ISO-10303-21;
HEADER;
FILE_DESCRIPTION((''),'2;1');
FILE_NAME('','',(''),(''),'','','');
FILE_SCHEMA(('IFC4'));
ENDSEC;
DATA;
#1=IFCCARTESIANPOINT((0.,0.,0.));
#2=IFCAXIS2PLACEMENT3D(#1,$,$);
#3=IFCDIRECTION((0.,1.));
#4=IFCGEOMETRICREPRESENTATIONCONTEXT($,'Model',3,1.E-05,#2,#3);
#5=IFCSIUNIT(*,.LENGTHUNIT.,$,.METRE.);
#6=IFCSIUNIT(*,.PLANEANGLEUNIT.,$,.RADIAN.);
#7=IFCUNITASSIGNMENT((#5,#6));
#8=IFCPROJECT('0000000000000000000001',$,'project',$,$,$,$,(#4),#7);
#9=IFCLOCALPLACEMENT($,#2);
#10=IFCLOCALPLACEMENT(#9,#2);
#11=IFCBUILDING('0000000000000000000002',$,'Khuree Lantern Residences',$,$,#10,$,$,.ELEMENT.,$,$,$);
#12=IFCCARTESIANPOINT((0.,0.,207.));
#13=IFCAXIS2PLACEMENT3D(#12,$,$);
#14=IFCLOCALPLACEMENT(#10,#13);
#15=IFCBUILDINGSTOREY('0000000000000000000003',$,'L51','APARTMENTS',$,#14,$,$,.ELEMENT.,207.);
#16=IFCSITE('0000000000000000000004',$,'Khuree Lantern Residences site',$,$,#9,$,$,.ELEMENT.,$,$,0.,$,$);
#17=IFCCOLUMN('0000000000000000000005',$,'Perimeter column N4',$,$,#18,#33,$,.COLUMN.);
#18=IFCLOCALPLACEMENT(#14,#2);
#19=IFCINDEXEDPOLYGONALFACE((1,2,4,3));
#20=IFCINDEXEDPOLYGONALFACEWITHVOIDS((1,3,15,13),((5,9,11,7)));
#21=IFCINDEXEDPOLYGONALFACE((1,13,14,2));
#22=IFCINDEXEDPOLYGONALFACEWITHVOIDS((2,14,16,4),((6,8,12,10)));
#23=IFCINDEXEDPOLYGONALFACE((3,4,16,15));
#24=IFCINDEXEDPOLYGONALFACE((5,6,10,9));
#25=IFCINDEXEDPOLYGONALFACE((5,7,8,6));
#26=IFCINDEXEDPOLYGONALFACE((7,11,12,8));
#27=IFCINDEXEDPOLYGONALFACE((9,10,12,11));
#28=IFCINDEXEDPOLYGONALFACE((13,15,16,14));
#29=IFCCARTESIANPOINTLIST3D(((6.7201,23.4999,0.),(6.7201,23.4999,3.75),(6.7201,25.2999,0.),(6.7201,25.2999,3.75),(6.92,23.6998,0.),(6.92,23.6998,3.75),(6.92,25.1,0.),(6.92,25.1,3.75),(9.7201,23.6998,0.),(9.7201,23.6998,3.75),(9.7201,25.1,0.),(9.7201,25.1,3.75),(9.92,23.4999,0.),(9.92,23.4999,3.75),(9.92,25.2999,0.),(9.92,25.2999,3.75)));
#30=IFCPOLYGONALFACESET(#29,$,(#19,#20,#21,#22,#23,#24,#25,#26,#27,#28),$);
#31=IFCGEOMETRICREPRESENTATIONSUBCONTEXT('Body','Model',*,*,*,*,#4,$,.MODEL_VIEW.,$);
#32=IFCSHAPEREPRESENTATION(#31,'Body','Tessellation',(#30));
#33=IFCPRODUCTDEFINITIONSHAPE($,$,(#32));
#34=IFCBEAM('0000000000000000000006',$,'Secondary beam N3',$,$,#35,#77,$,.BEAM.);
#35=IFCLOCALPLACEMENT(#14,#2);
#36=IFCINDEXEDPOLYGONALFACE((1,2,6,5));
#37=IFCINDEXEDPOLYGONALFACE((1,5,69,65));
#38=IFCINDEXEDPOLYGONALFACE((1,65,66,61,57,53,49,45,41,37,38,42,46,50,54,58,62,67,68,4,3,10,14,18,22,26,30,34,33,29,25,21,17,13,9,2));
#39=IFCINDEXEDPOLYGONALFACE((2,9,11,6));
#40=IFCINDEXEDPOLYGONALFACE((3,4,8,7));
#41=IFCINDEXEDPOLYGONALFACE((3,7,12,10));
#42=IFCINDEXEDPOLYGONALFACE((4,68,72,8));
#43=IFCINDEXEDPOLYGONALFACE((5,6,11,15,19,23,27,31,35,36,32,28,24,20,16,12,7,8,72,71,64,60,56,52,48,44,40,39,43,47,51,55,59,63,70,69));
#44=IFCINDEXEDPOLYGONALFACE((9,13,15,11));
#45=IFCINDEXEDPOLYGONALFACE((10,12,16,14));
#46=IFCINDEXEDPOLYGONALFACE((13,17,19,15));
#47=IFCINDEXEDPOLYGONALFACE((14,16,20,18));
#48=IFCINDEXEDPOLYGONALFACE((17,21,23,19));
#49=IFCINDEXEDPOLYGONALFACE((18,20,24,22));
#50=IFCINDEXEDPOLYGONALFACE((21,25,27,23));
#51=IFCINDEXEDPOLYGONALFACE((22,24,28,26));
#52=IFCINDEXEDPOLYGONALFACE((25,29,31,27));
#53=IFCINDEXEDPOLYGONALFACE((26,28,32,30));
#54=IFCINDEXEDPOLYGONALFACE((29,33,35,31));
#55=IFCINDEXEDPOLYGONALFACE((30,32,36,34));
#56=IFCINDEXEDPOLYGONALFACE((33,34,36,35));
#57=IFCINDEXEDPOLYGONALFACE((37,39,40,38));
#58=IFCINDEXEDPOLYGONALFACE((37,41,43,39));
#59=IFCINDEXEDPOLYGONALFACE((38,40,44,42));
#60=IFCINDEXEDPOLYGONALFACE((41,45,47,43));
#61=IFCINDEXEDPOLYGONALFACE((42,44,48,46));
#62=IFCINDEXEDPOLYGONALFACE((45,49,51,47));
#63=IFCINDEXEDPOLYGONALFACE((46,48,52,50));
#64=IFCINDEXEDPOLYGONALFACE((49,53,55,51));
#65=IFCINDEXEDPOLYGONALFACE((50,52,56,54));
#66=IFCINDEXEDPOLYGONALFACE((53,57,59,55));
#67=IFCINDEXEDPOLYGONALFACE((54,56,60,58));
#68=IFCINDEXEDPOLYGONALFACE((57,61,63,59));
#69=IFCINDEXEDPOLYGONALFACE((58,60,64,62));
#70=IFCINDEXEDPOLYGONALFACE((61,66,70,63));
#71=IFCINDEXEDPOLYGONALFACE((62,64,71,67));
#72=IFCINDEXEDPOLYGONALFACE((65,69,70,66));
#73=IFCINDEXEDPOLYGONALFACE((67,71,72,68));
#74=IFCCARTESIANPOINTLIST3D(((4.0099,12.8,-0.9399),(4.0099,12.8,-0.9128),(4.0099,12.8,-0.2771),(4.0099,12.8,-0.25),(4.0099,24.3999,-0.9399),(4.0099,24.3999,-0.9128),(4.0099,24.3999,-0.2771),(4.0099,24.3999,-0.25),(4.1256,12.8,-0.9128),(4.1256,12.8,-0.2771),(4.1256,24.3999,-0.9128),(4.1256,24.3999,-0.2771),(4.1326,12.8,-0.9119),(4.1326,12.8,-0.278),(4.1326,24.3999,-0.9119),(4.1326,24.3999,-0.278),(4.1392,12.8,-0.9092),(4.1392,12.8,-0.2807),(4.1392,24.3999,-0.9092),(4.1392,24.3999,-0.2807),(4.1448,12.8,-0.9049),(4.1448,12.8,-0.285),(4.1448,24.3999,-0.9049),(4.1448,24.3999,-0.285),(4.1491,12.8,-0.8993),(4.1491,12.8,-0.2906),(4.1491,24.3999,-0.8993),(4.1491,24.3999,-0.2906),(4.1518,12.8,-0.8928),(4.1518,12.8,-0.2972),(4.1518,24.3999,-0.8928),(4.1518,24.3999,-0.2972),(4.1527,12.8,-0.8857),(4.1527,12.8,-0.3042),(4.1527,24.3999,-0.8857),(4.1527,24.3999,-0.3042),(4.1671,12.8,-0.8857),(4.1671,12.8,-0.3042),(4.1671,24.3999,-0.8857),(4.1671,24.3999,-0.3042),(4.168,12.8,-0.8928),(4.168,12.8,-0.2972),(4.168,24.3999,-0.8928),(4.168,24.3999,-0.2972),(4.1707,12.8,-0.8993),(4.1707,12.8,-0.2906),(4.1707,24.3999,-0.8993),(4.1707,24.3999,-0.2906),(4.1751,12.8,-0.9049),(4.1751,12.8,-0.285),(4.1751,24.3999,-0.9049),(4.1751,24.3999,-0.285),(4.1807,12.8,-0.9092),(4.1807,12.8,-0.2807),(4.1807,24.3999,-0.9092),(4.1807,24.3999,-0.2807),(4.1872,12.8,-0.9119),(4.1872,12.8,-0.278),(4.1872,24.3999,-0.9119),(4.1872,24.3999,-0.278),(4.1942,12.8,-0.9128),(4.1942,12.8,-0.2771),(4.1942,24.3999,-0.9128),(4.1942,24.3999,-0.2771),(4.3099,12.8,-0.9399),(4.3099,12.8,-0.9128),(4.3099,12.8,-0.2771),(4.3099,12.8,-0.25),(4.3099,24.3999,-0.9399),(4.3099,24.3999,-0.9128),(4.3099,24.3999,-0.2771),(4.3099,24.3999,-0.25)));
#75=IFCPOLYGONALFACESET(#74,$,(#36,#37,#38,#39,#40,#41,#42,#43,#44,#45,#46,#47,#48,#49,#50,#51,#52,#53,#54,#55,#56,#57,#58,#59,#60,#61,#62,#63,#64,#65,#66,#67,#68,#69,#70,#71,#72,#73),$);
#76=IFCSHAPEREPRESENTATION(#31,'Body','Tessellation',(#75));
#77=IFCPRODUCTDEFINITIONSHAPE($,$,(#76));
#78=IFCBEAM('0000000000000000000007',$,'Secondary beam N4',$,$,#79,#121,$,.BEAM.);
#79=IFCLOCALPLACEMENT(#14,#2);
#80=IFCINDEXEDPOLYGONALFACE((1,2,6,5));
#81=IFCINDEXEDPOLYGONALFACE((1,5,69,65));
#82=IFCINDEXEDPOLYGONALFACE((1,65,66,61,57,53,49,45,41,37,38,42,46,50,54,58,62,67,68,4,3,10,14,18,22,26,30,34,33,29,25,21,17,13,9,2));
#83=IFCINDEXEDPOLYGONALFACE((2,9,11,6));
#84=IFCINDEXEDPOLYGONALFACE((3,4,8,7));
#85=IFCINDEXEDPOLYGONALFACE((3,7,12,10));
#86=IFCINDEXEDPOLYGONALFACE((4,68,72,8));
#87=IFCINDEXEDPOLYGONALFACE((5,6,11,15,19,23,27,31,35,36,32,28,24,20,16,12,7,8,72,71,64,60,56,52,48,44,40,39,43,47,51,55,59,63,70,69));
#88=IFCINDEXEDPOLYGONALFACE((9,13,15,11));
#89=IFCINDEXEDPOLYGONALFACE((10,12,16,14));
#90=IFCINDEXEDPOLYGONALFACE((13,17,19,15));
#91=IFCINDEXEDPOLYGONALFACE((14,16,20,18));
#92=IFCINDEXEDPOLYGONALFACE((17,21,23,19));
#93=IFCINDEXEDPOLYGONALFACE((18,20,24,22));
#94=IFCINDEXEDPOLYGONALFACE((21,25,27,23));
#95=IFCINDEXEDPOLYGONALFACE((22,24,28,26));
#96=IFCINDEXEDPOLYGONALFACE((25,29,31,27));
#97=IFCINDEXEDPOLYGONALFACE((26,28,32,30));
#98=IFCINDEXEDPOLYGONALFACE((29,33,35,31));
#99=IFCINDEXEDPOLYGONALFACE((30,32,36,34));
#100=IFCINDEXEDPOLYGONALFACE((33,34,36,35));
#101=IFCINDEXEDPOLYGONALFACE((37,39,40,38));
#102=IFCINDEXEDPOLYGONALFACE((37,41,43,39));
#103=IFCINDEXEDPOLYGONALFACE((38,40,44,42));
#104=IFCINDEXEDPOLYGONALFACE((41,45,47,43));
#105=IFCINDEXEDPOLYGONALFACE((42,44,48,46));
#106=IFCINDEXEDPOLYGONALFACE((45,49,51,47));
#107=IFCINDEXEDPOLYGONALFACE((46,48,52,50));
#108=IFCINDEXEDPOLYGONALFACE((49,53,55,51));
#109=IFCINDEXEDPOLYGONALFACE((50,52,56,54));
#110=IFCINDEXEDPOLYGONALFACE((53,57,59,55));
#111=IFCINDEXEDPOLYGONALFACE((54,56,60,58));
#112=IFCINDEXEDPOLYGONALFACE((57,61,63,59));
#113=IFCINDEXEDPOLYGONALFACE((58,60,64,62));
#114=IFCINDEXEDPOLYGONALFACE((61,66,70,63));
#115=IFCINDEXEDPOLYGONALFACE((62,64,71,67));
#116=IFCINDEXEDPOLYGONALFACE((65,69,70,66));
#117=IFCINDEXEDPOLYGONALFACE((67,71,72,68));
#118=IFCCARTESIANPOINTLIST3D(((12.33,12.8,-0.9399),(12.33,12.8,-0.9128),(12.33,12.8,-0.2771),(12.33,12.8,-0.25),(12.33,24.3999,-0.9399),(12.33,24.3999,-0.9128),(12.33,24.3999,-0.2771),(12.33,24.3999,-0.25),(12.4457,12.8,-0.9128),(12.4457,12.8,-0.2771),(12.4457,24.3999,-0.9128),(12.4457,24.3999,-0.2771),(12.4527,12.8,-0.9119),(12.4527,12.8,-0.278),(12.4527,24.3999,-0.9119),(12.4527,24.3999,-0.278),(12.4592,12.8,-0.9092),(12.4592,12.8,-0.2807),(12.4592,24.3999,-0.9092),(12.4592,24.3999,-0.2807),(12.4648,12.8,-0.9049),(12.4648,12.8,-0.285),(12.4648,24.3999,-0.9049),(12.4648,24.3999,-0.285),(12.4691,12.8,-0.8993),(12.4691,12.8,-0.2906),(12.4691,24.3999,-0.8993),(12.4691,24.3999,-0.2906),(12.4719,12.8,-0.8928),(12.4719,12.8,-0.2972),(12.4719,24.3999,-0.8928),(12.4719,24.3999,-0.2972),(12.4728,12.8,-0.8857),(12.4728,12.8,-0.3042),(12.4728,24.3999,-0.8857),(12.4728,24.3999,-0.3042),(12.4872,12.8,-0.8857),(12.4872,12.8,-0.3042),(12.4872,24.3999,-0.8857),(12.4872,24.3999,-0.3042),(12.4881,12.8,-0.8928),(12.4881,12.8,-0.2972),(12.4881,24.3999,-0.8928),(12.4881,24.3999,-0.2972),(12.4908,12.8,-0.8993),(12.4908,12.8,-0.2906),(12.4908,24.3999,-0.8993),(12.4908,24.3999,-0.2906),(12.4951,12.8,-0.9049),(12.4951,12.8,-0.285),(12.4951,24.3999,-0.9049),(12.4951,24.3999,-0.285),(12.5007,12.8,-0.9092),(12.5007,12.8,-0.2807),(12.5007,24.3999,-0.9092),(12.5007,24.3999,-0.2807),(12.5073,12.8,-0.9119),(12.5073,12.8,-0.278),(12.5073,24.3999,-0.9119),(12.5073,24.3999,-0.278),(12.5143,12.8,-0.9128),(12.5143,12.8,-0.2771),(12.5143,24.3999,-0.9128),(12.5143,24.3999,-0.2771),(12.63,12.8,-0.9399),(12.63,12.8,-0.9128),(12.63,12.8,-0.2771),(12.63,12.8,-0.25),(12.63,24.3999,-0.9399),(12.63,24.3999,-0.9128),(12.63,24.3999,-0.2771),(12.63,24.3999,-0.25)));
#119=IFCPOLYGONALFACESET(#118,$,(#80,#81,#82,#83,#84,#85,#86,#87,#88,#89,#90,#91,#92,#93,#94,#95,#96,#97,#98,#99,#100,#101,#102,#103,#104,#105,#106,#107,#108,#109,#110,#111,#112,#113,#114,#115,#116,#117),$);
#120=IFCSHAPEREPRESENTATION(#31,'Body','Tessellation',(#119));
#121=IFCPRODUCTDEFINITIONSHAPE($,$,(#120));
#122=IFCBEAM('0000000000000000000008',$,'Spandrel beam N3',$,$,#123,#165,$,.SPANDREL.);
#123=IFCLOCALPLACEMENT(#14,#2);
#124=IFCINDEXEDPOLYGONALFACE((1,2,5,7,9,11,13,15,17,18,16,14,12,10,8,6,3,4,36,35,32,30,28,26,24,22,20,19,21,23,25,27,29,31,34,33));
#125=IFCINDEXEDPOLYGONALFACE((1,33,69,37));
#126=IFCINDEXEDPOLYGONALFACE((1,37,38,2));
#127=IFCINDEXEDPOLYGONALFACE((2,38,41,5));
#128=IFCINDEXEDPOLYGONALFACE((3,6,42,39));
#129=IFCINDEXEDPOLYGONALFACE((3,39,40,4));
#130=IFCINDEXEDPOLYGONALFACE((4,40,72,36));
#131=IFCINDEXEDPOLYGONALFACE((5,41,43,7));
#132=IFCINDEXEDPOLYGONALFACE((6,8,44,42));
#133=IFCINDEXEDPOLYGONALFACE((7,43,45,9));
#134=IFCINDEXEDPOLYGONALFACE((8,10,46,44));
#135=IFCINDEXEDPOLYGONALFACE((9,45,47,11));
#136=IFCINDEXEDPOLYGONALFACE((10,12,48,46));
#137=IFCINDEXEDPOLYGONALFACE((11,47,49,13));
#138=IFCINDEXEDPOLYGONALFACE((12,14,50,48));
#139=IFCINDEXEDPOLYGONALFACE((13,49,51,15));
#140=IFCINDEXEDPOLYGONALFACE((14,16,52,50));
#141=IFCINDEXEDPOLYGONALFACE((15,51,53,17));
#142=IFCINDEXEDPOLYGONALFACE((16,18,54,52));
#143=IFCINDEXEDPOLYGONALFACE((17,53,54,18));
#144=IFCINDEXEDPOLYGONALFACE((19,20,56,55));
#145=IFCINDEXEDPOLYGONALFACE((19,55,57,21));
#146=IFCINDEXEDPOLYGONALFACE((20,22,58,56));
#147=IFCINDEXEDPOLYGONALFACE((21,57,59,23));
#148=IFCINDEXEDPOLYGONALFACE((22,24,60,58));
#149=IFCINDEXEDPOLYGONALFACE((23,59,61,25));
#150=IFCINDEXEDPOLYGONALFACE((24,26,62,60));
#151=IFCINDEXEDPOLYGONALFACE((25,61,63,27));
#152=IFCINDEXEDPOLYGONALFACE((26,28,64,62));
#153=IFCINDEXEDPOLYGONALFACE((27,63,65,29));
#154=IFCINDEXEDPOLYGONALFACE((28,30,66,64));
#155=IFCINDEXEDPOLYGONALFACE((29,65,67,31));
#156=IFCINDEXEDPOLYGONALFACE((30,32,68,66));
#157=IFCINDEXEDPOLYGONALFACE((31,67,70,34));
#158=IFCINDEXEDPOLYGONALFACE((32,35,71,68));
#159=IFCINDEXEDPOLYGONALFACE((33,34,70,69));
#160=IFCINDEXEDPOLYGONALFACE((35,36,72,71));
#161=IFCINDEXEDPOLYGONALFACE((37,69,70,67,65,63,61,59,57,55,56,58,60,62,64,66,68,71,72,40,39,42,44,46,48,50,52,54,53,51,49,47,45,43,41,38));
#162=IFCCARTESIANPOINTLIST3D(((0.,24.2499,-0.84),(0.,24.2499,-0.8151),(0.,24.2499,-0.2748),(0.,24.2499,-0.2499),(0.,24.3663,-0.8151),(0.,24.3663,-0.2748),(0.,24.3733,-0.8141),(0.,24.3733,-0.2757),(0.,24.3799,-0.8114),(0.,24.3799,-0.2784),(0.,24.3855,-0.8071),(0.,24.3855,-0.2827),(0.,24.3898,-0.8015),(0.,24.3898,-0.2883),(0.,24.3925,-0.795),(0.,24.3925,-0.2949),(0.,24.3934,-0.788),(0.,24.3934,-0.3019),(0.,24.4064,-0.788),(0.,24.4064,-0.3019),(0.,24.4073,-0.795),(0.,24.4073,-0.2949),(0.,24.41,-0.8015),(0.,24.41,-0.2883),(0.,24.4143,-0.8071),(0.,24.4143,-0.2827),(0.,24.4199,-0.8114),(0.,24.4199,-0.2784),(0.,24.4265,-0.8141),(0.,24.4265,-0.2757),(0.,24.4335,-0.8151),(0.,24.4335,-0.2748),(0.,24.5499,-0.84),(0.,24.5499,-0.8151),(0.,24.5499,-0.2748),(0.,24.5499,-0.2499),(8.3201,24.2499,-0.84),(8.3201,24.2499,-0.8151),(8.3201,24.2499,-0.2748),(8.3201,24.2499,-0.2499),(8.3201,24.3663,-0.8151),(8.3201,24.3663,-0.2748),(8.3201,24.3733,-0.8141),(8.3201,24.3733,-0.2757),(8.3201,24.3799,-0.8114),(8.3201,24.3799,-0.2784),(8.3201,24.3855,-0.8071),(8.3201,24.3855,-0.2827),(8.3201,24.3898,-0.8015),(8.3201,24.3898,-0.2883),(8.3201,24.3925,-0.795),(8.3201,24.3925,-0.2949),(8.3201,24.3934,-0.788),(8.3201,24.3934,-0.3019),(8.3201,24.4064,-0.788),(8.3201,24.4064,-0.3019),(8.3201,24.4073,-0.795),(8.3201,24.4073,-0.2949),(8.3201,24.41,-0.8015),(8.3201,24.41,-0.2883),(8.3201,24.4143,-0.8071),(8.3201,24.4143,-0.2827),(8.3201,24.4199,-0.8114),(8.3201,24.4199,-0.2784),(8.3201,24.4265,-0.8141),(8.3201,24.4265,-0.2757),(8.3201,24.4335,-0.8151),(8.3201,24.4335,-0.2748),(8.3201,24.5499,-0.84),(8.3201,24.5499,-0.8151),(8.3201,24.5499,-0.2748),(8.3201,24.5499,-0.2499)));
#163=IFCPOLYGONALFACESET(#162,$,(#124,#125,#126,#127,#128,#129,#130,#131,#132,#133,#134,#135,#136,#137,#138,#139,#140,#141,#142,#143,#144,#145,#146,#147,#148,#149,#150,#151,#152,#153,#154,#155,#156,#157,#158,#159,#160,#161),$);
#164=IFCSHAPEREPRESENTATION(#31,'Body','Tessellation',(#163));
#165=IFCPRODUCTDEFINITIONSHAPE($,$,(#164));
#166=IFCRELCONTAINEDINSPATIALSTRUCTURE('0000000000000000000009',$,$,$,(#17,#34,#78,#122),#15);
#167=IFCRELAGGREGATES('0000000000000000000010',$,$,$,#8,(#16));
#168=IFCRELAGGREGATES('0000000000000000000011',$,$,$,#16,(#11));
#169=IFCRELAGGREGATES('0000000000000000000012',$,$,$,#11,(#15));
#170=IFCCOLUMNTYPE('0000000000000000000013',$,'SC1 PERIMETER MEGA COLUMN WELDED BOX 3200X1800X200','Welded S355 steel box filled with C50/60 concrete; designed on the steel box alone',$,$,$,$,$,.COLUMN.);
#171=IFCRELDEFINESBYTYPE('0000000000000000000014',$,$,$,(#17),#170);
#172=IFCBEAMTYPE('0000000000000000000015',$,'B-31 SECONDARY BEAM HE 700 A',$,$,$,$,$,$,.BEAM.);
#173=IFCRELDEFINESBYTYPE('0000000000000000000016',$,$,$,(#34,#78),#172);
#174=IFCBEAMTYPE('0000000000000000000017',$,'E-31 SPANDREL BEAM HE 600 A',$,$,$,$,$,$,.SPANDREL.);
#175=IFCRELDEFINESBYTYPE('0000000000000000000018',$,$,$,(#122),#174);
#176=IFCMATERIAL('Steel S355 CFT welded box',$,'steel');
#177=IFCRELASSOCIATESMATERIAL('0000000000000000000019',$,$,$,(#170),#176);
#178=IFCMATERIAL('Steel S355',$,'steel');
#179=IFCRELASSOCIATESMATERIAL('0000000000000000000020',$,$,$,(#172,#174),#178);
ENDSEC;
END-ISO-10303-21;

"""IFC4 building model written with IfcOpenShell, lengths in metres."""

from ifc_helpers import new_model, si_unit, direction, frame, origin, origin_2d, place, context, subcontext, project, spatial, hollow_rectangle, i_section, extrude, material, material_profile, profile_set, type_object, element, save


model = new_model("IFC4")

# Units and contexts
model_context = context("Model", 3, precision=1e-05, world=origin(), true_north=direction((0.0, 1.0)))
body_context = subcontext(model_context, "Body", "Model", "MODEL_VIEW")
ifc_project = project(units=[si_unit("LENGTHUNIT", "METRE"), si_unit("PLANEANGLEUNIT", "RADIAN")], contexts=[model_context])

# Site, building, storey
site_placement = place(None, origin())
site = spatial("IfcSite", under=ifc_project, at=site_placement, Name="Khuree Lantern Residences site", CompositionType="ELEMENT", RefElevation=0.0)
building_placement = place(site_placement, origin())
building = spatial("IfcBuilding", under=site, at=building_placement, Name="Khuree Lantern Residences", CompositionType="ELEMENT")
storey_placement = place(building_placement, frame((0.0, 0.0, 207.0)))
storey = spatial("IfcBuildingStorey", under=building, at=storey_placement, Name="L51", Description="APARTMENTS", CompositionType="ELEMENT", Elevation=207.0)

# Column
ifc_material_1 = material(Name="Steel S355 CFT welded box", Category="steel")
ifc_material_profile_1 = material_profile(ifc_material_1, hollow_rectangle(XDim=3.2, YDim=1.8, WallThickness=0.2, at=origin_2d()), Name="WELDED BOX 3200X1800X200")
ifc_profile_set_1 = profile_set([ifc_material_profile_1], Name="Steel S355 CFT welded box")
column_type = type_object("IfcColumnType", Name="SC1 PERIMETER MEGA COLUMN WELDED BOX 3200X1800X200", Description="Welded S355 steel box filled with C50/60 concrete; designed on the steel box alone", PredefinedType="COLUMN", material=ifc_profile_set_1)
column_placement = place(storey_placement, frame((8.3201, 24.3999, 0.0), z_axis=(0.0, 0.0, 1.0), x_axis=(1.0, 0.0, 0.0)))
element("IfcColumn", 1, at=column_placement, inside=storey, type_object=column_type, Name="Perimeter column N4", PredefinedType="COLUMN", context=body_context, shape_type="SweptSolid", body=[
    extrude(hollow_rectangle(XDim=3.2, YDim=1.8, WallThickness=0.2, at=origin_2d()), origin(), (0.0, 0.0, 1.0), 3.75),
])

# Beams
ifc_material_2 = material(Name="Steel S355", Category="steel")
ifc_material_profile_2 = material_profile(ifc_material_2, i_section(OverallWidth=0.3, OverallDepth=0.6899, WebThickness=0.0144, FlangeThickness=0.0271, FilletRadius=0.0271, at=origin_2d()), Name="HE 700 A")
ifc_profile_set_2 = profile_set([ifc_material_profile_2], Name="Steel S355")
beam_type_1 = type_object("IfcBeamType", Name="B-31 SECONDARY BEAM HE 700 A", PredefinedType="BEAM", material=ifc_profile_set_2)
for number, where, z_axis, x_axis, name in (
    (2, (4.1599, 24.3999, -0.595), (0.0, -1.0, 0.0), (1.0, 0.0, 0.0), "Secondary beam N3"),
    (3, (12.48, 24.3999, -0.595), (0.0, -1.0, 0.0), (1.0, 0.0, 0.0), "Secondary beam N4"),
):
    element("IfcBeam", number, at=place(storey_placement, frame(where, z_axis=z_axis, x_axis=x_axis)), inside=storey, type_object=beam_type_1, Name=name, PredefinedType="BEAM", context=body_context, shape_type="SweptSolid", body=[
        extrude(i_section(OverallWidth=0.3, OverallDepth=0.6899, WebThickness=0.0144, FlangeThickness=0.0271, FilletRadius=0.0271, at=origin_2d()), origin(), (0.0, 0.0, 1.0), 11.5999),
    ])
ifc_material_profile_3 = material_profile(ifc_material_2, i_section(OverallWidth=0.3, OverallDepth=0.5901, WebThickness=0.0129, FlangeThickness=0.0249, FilletRadius=0.0271, at=origin_2d()), Name="HE 600 A")
ifc_profile_set_3 = profile_set([ifc_material_profile_3], Name="Steel S355")
beam_type_2 = type_object("IfcBeamType", Name="E-31 SPANDREL BEAM HE 600 A", PredefinedType="SPANDREL", material=ifc_profile_set_3)
beam_1_placement = place(storey_placement, frame((0.0, 24.3999, -0.5449), z_axis=(1.0, 0.0, 0.0), x_axis=(0.0, 1.0, 0.0)))
element("IfcBeam", 4, at=beam_1_placement, inside=storey, type_object=beam_type_2, Name="Spandrel beam N3", PredefinedType="SPANDREL", context=body_context, shape_type="SweptSolid", body=[
    extrude(i_section(OverallWidth=0.3, OverallDepth=0.5901, WebThickness=0.0129, FlangeThickness=0.0249, FilletRadius=0.0271, at=origin_2d()), origin(), (0.0, 0.0, 1.0), 8.3201),
])

save(model, "model.ifc")
